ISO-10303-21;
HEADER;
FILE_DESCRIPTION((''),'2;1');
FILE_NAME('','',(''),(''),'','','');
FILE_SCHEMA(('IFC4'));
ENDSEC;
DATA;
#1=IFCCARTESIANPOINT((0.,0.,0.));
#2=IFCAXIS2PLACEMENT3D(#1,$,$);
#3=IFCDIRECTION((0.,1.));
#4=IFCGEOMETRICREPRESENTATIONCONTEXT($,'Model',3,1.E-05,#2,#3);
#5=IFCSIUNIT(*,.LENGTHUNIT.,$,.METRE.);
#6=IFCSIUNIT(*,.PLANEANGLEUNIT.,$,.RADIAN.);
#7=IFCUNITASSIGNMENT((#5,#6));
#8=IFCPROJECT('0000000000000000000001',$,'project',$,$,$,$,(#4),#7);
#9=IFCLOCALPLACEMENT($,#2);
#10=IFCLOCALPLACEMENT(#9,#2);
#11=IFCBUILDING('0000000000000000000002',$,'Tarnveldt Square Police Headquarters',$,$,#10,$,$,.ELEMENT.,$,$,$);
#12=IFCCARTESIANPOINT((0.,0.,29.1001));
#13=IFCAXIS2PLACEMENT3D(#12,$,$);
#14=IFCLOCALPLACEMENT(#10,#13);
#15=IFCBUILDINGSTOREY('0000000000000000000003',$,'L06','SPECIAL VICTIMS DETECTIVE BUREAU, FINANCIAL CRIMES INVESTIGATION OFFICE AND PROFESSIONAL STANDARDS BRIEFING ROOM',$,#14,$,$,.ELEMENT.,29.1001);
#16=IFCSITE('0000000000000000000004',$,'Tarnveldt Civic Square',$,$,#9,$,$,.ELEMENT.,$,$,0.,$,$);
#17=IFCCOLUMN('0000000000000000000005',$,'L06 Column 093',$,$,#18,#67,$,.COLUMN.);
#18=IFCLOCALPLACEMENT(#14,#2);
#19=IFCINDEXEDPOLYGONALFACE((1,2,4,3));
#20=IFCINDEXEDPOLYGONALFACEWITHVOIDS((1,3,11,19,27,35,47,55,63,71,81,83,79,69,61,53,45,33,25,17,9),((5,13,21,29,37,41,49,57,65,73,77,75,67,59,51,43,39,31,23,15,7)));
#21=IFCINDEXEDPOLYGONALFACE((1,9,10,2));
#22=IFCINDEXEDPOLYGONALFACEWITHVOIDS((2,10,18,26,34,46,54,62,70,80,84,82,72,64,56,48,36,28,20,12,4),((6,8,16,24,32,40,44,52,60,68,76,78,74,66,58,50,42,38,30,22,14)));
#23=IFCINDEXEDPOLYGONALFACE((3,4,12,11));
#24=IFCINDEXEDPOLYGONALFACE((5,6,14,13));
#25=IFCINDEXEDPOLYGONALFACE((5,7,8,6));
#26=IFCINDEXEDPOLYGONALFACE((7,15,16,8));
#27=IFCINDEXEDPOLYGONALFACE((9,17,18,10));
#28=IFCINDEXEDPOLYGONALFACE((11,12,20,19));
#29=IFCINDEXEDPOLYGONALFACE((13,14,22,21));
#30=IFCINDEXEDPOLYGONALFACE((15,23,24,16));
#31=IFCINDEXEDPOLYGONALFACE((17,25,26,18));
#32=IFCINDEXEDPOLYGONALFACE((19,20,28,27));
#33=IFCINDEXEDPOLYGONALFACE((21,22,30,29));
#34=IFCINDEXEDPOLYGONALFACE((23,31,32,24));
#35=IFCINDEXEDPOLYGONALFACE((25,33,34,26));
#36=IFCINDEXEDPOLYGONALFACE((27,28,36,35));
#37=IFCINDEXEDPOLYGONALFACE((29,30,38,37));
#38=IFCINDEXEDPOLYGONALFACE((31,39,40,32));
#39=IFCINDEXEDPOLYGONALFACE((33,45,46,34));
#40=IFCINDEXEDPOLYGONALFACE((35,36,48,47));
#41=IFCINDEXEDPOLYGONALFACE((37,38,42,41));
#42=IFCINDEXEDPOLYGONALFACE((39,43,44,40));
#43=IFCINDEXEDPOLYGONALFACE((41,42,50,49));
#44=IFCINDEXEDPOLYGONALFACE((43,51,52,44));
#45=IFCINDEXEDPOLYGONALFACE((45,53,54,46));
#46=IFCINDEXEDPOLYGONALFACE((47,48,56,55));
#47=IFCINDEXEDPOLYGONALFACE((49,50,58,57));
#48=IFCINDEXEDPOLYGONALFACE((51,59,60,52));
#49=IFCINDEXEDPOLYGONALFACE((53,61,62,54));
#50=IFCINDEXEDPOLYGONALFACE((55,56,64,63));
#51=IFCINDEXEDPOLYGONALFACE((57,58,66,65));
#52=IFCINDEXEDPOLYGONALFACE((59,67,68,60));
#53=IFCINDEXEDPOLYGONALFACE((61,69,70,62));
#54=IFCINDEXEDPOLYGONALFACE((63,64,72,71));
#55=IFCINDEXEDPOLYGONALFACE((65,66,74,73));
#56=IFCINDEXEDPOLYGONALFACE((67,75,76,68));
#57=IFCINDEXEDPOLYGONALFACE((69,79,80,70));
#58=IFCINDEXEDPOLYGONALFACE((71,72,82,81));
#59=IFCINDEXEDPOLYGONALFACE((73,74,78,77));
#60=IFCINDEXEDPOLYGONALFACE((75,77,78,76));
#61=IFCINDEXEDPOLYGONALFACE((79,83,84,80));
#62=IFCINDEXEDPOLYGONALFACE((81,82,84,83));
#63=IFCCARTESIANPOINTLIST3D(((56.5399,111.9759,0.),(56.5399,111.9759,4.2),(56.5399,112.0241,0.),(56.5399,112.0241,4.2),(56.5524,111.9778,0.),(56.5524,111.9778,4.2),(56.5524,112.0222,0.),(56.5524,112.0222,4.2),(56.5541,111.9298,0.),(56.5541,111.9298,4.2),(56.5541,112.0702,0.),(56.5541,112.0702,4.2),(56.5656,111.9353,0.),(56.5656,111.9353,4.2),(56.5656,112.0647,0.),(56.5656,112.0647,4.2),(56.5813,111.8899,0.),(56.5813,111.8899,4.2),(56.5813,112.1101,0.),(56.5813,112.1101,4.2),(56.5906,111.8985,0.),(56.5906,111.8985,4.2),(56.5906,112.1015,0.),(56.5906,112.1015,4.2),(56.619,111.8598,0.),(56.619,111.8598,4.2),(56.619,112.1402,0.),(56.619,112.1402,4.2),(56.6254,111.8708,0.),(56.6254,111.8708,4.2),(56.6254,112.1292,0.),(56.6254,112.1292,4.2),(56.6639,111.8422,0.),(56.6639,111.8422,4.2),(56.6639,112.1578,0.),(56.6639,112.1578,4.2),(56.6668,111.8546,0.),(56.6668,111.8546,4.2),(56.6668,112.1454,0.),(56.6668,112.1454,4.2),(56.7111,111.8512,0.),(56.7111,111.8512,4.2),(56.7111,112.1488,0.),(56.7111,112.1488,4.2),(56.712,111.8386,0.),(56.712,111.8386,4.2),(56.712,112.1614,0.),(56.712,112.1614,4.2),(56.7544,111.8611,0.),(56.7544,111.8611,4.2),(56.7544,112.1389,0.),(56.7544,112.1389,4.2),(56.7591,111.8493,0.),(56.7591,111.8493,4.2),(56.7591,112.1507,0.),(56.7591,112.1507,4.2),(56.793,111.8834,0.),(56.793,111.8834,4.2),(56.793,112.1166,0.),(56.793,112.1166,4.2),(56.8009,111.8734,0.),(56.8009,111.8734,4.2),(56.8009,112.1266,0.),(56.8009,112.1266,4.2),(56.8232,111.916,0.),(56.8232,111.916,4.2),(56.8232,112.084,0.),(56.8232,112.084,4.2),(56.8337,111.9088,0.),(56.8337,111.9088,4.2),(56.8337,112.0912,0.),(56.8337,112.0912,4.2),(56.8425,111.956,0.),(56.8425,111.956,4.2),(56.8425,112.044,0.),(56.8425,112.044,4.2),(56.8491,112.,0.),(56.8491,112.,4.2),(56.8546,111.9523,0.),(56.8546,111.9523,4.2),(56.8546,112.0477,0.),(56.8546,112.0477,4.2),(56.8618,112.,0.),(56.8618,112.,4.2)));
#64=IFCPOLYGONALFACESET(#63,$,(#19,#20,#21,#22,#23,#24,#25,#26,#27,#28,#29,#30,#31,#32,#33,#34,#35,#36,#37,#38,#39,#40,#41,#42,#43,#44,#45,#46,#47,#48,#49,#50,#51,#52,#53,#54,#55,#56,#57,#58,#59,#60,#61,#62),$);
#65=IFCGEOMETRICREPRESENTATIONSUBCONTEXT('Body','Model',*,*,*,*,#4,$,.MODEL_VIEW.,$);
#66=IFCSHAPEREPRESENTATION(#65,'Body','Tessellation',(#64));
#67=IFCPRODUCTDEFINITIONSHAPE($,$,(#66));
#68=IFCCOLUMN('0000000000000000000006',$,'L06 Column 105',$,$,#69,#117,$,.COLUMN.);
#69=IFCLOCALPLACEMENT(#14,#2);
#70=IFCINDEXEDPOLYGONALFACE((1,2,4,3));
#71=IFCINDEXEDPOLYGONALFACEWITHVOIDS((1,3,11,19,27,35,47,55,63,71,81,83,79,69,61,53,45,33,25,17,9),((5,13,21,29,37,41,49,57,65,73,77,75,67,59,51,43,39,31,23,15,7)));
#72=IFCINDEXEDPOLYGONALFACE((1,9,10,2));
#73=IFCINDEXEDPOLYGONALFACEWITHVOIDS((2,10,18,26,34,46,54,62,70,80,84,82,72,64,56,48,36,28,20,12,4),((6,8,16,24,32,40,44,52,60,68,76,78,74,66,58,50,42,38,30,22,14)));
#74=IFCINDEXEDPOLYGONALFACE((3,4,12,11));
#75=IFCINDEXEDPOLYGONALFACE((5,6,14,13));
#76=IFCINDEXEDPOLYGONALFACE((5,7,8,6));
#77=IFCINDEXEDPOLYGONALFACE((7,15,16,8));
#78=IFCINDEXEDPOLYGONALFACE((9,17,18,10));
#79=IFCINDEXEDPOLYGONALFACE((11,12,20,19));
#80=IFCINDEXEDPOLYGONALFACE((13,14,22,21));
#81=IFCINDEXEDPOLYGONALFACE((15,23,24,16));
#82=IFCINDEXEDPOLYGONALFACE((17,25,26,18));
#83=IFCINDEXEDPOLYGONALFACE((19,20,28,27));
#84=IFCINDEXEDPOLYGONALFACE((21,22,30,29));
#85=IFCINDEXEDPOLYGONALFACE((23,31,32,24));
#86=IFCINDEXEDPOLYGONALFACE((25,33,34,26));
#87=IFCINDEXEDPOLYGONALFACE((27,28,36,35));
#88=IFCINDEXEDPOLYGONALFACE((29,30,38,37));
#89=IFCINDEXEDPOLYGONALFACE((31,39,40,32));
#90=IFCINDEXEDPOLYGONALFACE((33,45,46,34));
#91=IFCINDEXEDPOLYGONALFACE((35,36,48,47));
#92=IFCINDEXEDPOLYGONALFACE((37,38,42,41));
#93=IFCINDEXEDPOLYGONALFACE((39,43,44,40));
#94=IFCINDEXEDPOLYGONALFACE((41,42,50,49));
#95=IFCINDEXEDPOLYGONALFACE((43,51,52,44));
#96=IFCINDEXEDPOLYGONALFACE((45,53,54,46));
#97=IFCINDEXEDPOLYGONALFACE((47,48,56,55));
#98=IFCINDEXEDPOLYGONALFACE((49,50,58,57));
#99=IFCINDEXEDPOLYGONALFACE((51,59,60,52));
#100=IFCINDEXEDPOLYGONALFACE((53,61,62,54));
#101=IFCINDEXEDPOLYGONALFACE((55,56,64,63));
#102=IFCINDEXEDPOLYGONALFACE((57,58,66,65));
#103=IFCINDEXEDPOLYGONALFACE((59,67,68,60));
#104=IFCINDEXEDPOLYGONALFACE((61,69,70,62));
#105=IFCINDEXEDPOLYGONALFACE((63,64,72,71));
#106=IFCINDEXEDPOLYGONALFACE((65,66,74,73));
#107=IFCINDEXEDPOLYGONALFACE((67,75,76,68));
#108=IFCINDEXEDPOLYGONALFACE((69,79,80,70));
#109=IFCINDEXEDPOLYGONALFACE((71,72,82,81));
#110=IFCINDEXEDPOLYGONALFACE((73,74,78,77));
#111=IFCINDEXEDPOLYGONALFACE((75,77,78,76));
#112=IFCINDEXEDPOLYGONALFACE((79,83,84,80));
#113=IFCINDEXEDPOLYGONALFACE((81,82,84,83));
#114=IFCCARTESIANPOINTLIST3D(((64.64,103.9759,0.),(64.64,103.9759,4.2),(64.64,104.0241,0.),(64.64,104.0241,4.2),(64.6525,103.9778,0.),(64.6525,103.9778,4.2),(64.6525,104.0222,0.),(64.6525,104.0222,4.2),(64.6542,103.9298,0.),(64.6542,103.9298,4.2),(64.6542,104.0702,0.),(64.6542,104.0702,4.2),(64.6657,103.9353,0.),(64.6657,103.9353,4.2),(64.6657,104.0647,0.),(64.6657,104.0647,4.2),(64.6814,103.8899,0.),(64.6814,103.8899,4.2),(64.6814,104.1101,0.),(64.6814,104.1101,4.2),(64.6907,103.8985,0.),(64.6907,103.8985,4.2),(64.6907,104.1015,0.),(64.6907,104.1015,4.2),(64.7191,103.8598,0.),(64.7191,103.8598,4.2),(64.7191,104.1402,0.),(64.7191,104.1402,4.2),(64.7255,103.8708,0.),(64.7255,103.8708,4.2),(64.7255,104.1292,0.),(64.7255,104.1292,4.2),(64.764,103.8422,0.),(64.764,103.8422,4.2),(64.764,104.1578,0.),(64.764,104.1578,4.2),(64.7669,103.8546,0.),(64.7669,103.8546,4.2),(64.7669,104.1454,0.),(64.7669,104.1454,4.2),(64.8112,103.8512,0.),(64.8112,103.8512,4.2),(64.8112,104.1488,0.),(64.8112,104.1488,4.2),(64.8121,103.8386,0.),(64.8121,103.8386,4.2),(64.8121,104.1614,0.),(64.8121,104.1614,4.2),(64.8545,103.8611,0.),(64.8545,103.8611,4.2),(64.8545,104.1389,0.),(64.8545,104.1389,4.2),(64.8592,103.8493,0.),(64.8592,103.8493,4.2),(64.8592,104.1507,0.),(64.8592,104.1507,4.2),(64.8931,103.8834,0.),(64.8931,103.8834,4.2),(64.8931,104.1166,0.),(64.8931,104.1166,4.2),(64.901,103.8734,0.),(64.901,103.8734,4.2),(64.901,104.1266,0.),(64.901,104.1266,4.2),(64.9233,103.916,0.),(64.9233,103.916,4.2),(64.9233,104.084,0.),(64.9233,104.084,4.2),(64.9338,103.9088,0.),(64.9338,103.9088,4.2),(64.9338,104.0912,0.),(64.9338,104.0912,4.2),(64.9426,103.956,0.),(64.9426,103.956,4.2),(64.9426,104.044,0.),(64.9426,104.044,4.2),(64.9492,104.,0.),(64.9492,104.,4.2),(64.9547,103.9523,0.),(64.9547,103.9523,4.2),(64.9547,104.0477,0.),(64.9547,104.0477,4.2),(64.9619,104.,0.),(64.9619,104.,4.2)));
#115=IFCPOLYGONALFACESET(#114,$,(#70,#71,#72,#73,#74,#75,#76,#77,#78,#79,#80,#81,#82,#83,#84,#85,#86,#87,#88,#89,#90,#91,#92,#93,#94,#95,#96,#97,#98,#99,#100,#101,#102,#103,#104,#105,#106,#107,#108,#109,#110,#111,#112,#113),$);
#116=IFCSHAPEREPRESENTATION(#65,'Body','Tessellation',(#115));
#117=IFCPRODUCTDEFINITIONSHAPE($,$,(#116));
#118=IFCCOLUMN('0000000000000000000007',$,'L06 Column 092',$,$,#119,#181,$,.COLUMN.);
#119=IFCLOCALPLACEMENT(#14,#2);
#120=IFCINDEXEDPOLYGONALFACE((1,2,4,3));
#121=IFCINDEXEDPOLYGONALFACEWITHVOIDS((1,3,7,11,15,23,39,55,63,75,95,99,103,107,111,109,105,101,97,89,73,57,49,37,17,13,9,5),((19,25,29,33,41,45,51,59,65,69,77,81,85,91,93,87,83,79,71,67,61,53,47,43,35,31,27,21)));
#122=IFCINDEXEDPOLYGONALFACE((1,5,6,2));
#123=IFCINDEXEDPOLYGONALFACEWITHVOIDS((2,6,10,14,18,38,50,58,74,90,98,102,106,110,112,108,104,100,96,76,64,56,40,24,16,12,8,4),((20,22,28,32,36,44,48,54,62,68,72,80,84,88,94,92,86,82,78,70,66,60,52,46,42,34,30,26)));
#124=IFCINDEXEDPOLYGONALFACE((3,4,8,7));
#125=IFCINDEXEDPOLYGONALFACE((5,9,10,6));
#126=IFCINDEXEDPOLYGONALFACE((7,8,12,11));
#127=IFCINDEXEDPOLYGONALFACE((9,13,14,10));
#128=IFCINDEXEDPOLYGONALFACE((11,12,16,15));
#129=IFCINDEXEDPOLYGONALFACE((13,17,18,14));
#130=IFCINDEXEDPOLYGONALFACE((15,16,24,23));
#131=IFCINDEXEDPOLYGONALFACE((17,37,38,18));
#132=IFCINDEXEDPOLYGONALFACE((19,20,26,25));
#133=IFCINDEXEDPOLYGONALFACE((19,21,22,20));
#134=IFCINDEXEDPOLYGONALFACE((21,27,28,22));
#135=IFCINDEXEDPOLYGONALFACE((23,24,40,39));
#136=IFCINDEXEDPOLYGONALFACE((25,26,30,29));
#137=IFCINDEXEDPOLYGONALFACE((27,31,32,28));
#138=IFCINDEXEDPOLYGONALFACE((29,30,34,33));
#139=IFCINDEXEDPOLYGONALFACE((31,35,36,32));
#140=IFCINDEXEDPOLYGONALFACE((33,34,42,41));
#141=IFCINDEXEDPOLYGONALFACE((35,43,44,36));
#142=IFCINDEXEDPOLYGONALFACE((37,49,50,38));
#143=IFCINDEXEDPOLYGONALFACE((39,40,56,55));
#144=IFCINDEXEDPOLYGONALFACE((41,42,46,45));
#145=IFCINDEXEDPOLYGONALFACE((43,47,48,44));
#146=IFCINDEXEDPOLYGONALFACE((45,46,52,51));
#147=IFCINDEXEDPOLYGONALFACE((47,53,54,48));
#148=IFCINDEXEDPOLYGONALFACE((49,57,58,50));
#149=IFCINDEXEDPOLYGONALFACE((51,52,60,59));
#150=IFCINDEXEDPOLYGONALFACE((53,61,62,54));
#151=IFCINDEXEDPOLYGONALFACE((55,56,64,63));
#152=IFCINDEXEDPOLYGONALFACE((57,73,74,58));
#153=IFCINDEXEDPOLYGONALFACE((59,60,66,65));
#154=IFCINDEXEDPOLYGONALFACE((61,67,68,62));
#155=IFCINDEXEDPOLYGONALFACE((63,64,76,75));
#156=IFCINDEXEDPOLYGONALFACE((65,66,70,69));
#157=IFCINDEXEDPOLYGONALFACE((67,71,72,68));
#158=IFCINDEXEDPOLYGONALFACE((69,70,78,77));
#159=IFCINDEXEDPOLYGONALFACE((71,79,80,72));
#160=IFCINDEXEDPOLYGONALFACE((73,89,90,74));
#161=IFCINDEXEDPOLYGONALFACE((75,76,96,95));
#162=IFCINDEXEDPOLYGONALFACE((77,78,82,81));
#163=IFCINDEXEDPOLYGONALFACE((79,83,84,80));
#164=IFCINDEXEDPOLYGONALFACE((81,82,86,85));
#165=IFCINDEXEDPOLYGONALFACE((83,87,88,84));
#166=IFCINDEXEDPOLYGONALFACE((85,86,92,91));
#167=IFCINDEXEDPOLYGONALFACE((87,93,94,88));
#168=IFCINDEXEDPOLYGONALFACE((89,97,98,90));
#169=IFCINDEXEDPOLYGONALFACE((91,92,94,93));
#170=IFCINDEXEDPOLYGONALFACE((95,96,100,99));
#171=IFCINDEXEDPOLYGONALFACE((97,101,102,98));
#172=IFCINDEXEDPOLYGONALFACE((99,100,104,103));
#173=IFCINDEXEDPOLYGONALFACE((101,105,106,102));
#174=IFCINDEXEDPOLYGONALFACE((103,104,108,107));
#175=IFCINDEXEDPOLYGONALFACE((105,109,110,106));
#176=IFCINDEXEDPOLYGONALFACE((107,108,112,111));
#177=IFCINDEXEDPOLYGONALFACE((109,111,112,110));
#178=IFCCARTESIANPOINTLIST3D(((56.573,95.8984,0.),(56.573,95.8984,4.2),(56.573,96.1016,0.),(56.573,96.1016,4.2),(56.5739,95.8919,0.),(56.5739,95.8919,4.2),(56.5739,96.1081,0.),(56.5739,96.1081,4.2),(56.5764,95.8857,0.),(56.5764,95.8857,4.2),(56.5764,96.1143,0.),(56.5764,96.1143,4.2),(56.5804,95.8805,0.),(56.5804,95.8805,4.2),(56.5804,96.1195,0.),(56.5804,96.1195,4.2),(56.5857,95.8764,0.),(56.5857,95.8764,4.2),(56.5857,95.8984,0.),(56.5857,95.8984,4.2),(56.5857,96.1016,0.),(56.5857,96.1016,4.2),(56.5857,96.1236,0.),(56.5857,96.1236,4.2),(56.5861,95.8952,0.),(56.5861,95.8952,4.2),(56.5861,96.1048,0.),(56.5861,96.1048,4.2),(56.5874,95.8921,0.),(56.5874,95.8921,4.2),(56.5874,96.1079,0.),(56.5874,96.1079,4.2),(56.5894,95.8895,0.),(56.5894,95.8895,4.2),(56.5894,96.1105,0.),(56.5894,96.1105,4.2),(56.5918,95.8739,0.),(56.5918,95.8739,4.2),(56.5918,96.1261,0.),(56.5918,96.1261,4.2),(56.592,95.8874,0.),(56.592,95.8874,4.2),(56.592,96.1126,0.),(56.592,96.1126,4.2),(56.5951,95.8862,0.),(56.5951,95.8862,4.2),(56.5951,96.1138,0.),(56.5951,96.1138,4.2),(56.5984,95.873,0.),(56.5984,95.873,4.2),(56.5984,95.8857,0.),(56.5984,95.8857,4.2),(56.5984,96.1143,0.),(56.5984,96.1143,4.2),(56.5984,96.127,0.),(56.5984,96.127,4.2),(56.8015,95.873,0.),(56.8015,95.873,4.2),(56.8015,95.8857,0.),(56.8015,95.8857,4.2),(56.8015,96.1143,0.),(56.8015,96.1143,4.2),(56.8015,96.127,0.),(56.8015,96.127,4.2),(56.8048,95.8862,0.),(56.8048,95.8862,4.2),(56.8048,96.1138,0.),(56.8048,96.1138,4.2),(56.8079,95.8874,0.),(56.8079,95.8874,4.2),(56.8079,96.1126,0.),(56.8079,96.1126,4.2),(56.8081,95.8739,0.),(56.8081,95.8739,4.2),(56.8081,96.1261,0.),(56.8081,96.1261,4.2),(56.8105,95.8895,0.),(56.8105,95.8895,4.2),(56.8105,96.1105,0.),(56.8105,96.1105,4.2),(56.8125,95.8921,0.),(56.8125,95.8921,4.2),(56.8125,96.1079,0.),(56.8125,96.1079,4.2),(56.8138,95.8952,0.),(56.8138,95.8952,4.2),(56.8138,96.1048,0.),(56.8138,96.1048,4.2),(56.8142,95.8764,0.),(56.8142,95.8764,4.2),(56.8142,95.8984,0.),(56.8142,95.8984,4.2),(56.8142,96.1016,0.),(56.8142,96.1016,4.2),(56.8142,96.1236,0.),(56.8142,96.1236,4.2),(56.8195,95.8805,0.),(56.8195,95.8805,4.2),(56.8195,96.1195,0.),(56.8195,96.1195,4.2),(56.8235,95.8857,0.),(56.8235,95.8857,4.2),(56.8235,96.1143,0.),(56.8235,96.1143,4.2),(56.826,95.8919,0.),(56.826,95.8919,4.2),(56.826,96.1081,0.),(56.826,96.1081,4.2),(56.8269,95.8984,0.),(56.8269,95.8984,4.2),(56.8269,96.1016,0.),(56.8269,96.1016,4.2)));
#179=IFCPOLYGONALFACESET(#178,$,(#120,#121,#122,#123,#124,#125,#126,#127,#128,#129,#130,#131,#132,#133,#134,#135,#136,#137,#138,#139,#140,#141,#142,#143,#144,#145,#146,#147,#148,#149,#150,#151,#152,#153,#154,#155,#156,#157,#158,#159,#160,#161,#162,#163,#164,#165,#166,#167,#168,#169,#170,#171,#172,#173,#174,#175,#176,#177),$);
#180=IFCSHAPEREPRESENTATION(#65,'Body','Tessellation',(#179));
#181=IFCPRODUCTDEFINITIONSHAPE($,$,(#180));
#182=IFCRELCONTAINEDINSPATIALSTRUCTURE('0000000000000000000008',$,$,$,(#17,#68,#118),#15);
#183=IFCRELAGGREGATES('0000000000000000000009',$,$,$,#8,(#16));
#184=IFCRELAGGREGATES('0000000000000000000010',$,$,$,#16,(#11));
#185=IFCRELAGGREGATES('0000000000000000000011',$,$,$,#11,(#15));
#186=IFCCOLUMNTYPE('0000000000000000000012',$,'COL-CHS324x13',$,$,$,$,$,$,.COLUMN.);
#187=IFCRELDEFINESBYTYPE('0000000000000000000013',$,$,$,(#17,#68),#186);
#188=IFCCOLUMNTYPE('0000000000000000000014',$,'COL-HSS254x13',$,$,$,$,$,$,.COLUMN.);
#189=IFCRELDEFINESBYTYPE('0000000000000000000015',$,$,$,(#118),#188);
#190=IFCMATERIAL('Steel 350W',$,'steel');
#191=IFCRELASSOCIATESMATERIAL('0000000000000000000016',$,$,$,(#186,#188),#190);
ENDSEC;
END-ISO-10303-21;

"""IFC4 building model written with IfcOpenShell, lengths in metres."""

from ifc_helpers import new_model, si_unit, direction, frame, origin, origin_2d, place, context, subcontext, project, spatial, hollow_rectangle, hollow_circle, extrude, material, material_profile, profile_set, type_object, element, save


model = new_model("IFC4")

# Units and contexts
model_context = context("Model", 3, precision=1e-05, world=origin(), true_north=direction((0.0, 1.0)))
body_context = subcontext(model_context, "Body", "Model", "MODEL_VIEW")
ifc_project = project(units=[si_unit("LENGTHUNIT", "METRE"), si_unit("PLANEANGLEUNIT", "RADIAN")], contexts=[model_context])

# Site, building, storey
site_placement = place(None, origin())
site = spatial("IfcSite", under=ifc_project, at=site_placement, Name="Tarnveldt Civic Square", CompositionType="ELEMENT", RefElevation=0.0)
building_placement = place(site_placement, origin())
building = spatial("IfcBuilding", under=site, at=building_placement, Name="Tarnveldt Square Police Headquarters", CompositionType="ELEMENT")
storey_placement = place(building_placement, frame((0.0, 0.0, 29.1001)))
storey = spatial("IfcBuildingStorey", under=building, at=storey_placement, Name="L06", Description="SPECIAL VICTIMS DETECTIVE BUREAU, FINANCIAL CRIMES INVESTIGATION OFFICE AND PROFESSIONAL STANDARDS BRIEFING ROOM", CompositionType="ELEMENT", Elevation=29.1001)

# Columns
ifc_material_1 = material(Name="Steel 350W", Category="steel")
ifc_material_profile_1 = material_profile(ifc_material_1, hollow_circle(Radius=0.1619, WallThickness=0.0127, at=origin_2d()), Name="HSS324x13")
ifc_profile_set_1 = profile_set([ifc_material_profile_1], Name="Steel 350W")
column_type_1 = type_object("IfcColumnType", Name="COL-CHS324x13", PredefinedType="COLUMN", material=ifc_profile_set_1)
for number, where, z_axis, x_axis, name in (
    (1, (56.7, 112.0, 0.0), (0.0, 0.0, 1.0), (1.0, 0.0, 0.0), "L06 Column 093"),
    (2, (64.8, 104.0, 0.0), (0.0, 0.0, 1.0), (1.0, 0.0, 0.0), "L06 Column 105"),
):
    element("IfcColumn", number, at=place(storey_placement, frame(where, z_axis=z_axis, x_axis=x_axis)), inside=storey, type_object=column_type_1, Name=name, PredefinedType="COLUMN", context=body_context, shape_type="SweptSolid", body=[
        extrude(hollow_circle(Radius=0.1619, WallThickness=0.0127, at=origin_2d()), origin(), (0.0, 0.0, 1.0), 4.2),
    ])
ifc_material_profile_2 = material_profile(ifc_material_1, hollow_rectangle(XDim=0.2539, YDim=0.2539, WallThickness=0.0127, InnerFilletRadius=0.0127, OuterFilletRadius=0.0254, at=origin_2d()), Name="HSS254x254x13")
ifc_profile_set_2 = profile_set([ifc_material_profile_2], Name="Steel 350W")
column_type_2 = type_object("IfcColumnType", Name="COL-HSS254x13", PredefinedType="COLUMN", material=ifc_profile_set_2)
for number, where, z_axis, x_axis, name in (
    (3, (56.7, 96.0, 0.0), (0.0, 0.0, 1.0), (1.0, 0.0, 0.0), "L06 Column 092"),
):
    element("IfcColumn", number, at=place(storey_placement, frame(where, z_axis=z_axis, x_axis=x_axis)), inside=storey, type_object=column_type_2, Name=name, PredefinedType="COLUMN", context=body_context, shape_type="SweptSolid", body=[
        extrude(hollow_rectangle(XDim=0.2539, YDim=0.2539, WallThickness=0.0127, InnerFilletRadius=0.0127, OuterFilletRadius=0.0254, at=origin_2d()), origin(), (0.0, 0.0, 1.0), 4.2),
    ])

save(model, "model.ifc")
